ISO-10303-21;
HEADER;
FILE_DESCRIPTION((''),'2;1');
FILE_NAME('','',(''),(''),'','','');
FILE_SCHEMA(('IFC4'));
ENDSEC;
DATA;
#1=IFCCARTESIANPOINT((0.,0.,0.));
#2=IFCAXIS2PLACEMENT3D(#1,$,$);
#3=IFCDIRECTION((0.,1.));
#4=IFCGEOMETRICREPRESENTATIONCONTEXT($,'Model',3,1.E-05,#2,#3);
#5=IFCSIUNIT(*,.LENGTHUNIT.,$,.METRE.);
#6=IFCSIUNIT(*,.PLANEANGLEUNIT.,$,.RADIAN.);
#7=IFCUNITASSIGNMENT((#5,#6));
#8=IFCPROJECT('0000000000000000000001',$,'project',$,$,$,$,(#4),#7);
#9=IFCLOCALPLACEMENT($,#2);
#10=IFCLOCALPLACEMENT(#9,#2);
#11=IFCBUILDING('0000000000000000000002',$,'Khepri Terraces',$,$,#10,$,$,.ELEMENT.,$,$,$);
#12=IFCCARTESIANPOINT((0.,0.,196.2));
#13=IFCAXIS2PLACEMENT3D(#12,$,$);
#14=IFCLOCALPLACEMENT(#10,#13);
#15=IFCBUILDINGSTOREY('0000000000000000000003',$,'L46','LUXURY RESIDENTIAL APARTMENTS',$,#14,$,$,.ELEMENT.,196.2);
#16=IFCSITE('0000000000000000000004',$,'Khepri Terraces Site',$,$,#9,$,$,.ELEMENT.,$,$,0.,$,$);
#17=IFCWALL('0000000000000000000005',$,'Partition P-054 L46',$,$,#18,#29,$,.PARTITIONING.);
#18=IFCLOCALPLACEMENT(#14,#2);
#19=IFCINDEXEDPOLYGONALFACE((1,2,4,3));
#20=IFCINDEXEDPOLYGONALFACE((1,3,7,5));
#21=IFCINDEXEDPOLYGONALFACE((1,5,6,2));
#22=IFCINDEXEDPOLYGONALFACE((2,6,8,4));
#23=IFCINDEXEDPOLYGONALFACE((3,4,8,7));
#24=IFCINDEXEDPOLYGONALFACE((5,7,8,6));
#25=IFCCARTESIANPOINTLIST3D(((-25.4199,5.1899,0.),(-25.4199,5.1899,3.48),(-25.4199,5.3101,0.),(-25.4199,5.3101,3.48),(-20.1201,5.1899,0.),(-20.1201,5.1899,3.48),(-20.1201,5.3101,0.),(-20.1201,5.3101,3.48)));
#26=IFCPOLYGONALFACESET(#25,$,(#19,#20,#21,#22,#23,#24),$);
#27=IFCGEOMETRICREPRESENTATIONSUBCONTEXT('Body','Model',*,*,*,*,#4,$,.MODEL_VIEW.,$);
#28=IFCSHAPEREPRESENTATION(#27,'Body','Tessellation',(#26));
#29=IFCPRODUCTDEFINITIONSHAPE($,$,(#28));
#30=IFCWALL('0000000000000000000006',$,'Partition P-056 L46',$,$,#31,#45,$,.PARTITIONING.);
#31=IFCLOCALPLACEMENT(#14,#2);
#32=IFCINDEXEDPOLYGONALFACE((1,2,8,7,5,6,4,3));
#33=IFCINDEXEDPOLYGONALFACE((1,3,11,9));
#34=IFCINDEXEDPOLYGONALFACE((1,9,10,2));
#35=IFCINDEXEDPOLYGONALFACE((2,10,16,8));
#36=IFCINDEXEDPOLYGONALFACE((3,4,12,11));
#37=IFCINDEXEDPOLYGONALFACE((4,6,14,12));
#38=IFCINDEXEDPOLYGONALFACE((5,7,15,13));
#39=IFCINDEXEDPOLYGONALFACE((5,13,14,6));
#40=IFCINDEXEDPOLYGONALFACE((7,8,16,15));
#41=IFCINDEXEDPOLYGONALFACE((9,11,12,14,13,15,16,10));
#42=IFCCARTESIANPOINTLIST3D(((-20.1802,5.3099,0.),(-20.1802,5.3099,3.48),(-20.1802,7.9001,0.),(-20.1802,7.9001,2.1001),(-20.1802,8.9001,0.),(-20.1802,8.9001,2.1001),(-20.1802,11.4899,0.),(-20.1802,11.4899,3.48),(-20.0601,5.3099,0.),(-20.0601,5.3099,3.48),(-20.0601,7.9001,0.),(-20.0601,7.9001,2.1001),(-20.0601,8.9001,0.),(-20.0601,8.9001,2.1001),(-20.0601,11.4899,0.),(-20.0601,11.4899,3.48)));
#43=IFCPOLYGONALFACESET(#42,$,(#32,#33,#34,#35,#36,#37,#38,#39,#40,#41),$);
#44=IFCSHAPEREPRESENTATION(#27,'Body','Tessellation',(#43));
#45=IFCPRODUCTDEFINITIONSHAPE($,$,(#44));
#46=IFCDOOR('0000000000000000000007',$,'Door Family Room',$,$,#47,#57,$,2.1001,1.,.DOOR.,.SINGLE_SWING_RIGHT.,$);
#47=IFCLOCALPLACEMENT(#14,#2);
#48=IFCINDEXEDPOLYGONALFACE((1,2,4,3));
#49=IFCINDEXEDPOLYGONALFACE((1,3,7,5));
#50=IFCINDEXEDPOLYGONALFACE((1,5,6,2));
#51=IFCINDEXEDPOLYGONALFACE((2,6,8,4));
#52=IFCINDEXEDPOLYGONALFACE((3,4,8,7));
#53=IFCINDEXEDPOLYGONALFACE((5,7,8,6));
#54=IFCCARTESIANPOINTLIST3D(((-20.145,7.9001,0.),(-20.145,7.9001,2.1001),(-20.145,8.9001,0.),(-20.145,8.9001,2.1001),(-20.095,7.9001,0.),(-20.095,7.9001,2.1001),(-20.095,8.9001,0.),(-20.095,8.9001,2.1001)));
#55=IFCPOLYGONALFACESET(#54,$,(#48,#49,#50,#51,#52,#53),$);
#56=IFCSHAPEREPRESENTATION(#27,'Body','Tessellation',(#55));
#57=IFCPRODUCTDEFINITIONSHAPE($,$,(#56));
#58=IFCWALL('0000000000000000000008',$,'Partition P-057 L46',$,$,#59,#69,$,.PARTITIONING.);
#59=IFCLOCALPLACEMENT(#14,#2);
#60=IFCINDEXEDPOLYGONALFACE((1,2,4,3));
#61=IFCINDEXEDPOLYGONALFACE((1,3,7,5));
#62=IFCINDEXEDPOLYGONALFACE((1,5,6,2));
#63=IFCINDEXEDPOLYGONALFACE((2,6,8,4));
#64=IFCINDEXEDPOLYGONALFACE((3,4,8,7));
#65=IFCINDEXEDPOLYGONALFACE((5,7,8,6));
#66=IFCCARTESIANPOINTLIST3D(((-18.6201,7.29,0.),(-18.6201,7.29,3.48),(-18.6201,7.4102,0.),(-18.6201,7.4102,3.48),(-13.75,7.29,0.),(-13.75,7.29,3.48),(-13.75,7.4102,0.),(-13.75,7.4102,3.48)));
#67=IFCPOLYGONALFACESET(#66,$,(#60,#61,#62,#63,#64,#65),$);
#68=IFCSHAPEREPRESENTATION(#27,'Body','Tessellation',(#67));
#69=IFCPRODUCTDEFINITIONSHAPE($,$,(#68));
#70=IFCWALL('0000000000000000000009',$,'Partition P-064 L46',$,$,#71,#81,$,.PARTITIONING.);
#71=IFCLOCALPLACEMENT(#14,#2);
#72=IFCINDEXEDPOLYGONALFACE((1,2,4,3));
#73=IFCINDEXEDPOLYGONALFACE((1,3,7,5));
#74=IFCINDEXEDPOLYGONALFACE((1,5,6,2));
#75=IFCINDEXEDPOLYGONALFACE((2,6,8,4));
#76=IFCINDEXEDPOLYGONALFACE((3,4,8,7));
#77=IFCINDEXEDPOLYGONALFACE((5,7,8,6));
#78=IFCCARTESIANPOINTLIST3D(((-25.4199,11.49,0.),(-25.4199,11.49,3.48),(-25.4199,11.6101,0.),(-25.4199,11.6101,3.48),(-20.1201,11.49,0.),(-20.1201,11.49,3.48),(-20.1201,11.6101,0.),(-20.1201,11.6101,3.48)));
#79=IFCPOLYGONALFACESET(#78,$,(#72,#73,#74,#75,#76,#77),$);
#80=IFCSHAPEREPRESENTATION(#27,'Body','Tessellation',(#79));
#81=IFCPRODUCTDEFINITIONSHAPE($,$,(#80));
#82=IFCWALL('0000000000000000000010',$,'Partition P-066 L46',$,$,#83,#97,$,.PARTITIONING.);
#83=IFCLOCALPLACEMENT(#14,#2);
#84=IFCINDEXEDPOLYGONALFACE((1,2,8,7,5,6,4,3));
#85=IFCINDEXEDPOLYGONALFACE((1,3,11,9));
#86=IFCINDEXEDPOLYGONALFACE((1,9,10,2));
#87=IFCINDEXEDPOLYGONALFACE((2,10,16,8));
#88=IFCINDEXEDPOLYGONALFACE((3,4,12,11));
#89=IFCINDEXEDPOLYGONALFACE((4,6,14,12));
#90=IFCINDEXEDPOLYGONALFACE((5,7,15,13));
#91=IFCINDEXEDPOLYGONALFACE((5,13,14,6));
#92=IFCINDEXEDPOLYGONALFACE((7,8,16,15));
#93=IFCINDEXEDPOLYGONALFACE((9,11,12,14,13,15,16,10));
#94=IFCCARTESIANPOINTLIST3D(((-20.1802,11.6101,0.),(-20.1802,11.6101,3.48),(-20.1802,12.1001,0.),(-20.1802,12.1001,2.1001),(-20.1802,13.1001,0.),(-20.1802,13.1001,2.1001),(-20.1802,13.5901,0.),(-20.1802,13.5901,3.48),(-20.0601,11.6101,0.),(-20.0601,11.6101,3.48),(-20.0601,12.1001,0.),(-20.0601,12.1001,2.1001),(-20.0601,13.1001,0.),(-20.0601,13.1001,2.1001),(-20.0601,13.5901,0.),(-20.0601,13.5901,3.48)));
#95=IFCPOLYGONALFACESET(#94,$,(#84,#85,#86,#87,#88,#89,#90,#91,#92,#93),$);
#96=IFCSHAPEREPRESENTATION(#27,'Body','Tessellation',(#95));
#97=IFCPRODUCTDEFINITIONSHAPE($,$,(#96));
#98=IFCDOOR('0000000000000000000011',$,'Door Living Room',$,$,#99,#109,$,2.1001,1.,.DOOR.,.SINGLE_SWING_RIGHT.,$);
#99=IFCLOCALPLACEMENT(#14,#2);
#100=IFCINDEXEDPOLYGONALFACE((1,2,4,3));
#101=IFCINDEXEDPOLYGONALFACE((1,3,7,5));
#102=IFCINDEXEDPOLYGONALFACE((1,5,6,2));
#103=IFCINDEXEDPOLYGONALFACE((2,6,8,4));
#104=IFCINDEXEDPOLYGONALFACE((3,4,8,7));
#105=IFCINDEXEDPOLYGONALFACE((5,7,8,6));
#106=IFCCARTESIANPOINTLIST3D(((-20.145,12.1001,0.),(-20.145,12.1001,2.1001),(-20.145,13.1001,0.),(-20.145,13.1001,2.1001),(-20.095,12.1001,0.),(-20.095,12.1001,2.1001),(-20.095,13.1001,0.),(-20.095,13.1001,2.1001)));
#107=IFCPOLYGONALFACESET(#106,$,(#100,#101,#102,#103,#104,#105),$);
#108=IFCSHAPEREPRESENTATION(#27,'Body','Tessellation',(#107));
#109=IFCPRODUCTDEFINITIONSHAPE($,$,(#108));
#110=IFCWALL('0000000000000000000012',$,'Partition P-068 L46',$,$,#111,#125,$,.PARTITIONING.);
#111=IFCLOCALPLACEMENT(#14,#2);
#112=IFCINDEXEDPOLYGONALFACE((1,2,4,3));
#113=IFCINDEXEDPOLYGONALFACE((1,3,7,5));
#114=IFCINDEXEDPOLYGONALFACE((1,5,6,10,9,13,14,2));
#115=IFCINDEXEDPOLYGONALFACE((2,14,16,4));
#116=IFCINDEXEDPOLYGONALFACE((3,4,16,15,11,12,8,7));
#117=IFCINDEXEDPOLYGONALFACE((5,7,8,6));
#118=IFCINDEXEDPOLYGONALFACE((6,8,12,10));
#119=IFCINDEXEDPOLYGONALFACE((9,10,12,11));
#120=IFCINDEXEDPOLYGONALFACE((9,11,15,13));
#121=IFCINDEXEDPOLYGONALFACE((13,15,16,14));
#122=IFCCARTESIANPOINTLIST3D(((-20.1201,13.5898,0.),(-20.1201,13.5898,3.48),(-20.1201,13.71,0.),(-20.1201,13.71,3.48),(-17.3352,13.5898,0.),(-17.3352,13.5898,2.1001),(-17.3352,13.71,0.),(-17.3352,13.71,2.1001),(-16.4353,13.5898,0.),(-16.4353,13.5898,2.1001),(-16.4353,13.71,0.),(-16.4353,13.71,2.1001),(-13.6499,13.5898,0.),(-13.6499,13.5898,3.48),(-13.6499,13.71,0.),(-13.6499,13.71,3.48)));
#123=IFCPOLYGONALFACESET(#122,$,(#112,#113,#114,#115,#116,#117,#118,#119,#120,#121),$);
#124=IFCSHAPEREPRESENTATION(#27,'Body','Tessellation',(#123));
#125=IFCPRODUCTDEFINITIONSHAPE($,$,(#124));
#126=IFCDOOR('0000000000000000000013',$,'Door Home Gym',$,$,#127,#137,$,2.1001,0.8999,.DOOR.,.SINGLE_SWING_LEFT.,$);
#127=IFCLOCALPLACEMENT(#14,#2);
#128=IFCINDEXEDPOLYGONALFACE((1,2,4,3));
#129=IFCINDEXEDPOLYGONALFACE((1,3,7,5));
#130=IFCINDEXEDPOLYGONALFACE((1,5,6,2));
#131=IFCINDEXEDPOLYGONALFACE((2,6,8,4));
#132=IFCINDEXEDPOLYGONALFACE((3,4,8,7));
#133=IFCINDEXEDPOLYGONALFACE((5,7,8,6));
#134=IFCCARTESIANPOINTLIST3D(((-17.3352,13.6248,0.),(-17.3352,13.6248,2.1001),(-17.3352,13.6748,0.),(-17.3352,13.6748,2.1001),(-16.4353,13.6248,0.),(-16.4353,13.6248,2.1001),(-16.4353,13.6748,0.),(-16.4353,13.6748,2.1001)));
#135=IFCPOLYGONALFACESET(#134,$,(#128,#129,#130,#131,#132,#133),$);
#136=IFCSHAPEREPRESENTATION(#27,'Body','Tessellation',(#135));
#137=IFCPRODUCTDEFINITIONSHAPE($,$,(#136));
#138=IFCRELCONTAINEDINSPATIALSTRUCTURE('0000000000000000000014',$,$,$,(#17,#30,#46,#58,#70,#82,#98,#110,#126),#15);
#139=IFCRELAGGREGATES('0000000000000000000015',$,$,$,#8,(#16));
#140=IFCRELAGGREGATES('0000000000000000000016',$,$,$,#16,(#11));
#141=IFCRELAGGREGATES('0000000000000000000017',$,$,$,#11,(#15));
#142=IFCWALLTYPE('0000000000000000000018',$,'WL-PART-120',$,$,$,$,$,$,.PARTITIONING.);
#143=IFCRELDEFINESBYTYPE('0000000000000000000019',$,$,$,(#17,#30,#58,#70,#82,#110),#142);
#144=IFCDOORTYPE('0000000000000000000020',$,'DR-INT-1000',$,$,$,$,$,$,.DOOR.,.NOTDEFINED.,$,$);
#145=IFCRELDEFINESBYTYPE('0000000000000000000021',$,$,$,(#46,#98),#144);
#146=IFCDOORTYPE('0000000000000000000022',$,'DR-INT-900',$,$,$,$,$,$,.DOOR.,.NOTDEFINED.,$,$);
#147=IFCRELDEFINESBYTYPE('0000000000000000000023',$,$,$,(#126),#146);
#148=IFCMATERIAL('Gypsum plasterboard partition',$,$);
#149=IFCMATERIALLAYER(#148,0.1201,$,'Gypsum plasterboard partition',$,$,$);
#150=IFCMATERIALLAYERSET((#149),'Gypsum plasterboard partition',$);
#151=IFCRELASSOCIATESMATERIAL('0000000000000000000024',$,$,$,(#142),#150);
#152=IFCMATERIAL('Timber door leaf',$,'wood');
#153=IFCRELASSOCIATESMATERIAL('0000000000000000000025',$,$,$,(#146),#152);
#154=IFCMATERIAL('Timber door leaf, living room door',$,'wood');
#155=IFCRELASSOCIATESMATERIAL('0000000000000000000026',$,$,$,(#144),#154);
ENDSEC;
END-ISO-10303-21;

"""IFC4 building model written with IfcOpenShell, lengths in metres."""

from ifc_helpers import new_model, si_unit, direction, frame, frame_2d, origin, place, context, subcontext, project, spatial, rectangle, extrude, material, layer, layer_set, type_object, element, fill, save


model = new_model("IFC4")

# Units and contexts
model_context = context("Model", 3, precision=1e-05, world=origin(), true_north=direction((0.0, 1.0)))
body_context = subcontext(model_context, "Body", "Model", "MODEL_VIEW")
ifc_project = project(units=[si_unit("LENGTHUNIT", "METRE"), si_unit("PLANEANGLEUNIT", "RADIAN")], contexts=[model_context])

# Site, building, storey
site_placement = place(None, origin())
site = spatial("IfcSite", under=ifc_project, at=site_placement, Name="Khepri Terraces Site", CompositionType="ELEMENT", RefElevation=0.0)
building_placement = place(site_placement, origin())
building = spatial("IfcBuilding", under=site, at=building_placement, Name="Khepri Terraces", CompositionType="ELEMENT")
storey_placement = place(building_placement, frame((0.0, 0.0, 196.2)))
storey = spatial("IfcBuildingStorey", under=building, at=storey_placement, Name="L46", Description="LUXURY RESIDENTIAL APARTMENTS", CompositionType="ELEMENT", Elevation=196.2)

# Shared definitions
ifc_material_1 = material(Name="Gypsum plasterboard partition")
ifc_layer_1 = layer(ifc_material_1, 0.1201, Name="Gypsum plasterboard partition")
ifc_layer_set_1 = layer_set([ifc_layer_1], Name="Gypsum plasterboard partition")
wall_type_1 = type_object("IfcWallType", Name="WL-PART-120", PredefinedType="PARTITIONING", material=ifc_layer_set_1)

# Shared definitions
ifc_material_2 = material(Name="Timber door leaf", Category="wood")
door_type_1 = type_object("IfcDoorType", Name="DR-INT-900", OperationType="NOTDEFINED", PredefinedType="DOOR", material=ifc_material_2)

# Wall
wall_1_placement = place(storey_placement, frame((-25.4199, 5.25, 0.0), z_axis=(0.0, 0.0, 1.0), x_axis=(1.0, 0.0, 0.0)))
element("IfcWall", 1, at=wall_1_placement, inside=storey, type_object=wall_type_1, Name="Partition P-054 L46", PredefinedType="PARTITIONING", context=body_context, shape_type="SweptSolid", body=[
    extrude(rectangle(XDim=5.2998, YDim=0.1201, at=frame_2d((2.6499, 0.0))), origin(), (0.0, 0.0, 1.0), 3.48),
])

# Wall, opening, door
wall_2_placement = place(storey_placement, frame((-20.1201, 5.3101, 0.0), z_axis=(0.0, 0.0, 1.0), x_axis=(0.0, 1.0, 0.0)))
wall_2 = element("IfcWall", 2, at=wall_2_placement, inside=storey, type_object=wall_type_1, Name="Partition P-056 L46", PredefinedType="PARTITIONING", context=body_context, shape_type="SweptSolid", body=[
    extrude(rectangle(XDim=6.1799, YDim=0.1201, at=frame_2d((3.0898, 0.0))), origin(), (0.0, 0.0, 1.0), 3.48),
])
opening_1_placement = place(wall_2_placement, frame((2.5901, 0.0, 0.0)))
opening_1 = element("IfcOpeningElement", 3, at=opening_1_placement, cuts=wall_2, PredefinedType="OPENING", context=body_context, shape_type="SweptSolid", body=[
    extrude(rectangle(XDim=1.0, YDim=2.1001, at=frame_2d((0.5, 1.05))), frame((0.0, 0.0701, 0.0), z_axis=(0.0, -1.0, 0.0), x_axis=(1.0, 0.0, 0.0)), (0.0, 0.0, 1.0), 0.1401),
])
ifc_material_3 = material(Name="Timber door leaf, living room door", Category="wood")
door_type_2 = type_object("IfcDoorType", Name="DR-INT-1000", OperationType="NOTDEFINED", PredefinedType="DOOR", material=ifc_material_3)
door_1_placement = place(opening_1_placement, origin())
door_1 = element("IfcDoor", 4, at=door_1_placement, inside=storey, type_object=door_type_2, Name="Door Family Room", OperationType="SINGLE_SWING_RIGHT", OverallHeight=2.1001, OverallWidth=1.0, PredefinedType="DOOR", context=body_context, shape_type="SweptSolid", body=[
    extrude(rectangle(XDim=1.0, YDim=2.1001, at=frame_2d((0.5, 1.05))), frame((0.0, 0.0249, 0.0), z_axis=(0.0, -1.0, 0.0), x_axis=(1.0, 0.0, 0.0)), (0.0, 0.0, 1.0), 0.05),
])
fill(opening_1, door_1)

# Walls
wall_3_placement = place(storey_placement, frame((-18.6201, 7.3501, 0.0), z_axis=(0.0, 0.0, 1.0), x_axis=(1.0, 0.0, 0.0)))
element("IfcWall", 5, at=wall_3_placement, inside=storey, type_object=wall_type_1, Name="Partition P-057 L46", PredefinedType="PARTITIONING", context=body_context, shape_type="SweptSolid", body=[
    extrude(rectangle(XDim=4.8701, YDim=0.1201, at=frame_2d((2.4351, 0.0))), origin(), (0.0, 0.0, 1.0), 3.48),
])
wall_4_placement = place(storey_placement, frame((-25.4199, 11.55, 0.0), z_axis=(0.0, 0.0, 1.0), x_axis=(1.0, 0.0, 0.0)))
element("IfcWall", 6, at=wall_4_placement, inside=storey, type_object=wall_type_1, Name="Partition P-064 L46", PredefinedType="PARTITIONING", context=body_context, shape_type="SweptSolid", body=[
    extrude(rectangle(XDim=5.2998, YDim=0.1201, at=frame_2d((2.6499, 0.0))), origin(), (0.0, 0.0, 1.0), 3.48),
])

# Walls, openings, doors
wall_5_placement = place(storey_placement, frame((-20.1201, 11.6101, 0.0), z_axis=(0.0, 0.0, 1.0), x_axis=(0.0, 1.0, 0.0)))
wall_5 = element("IfcWall", 7, at=wall_5_placement, inside=storey, type_object=wall_type_1, Name="Partition P-066 L46", PredefinedType="PARTITIONING", context=body_context, shape_type="SweptSolid", body=[
    extrude(rectangle(XDim=1.98, YDim=0.1201, at=frame_2d((0.99, 0.0))), origin(), (0.0, 0.0, 1.0), 3.48),
])
opening_2_placement = place(wall_5_placement, frame((0.49, 0.0, 0.0)))
opening_2 = element("IfcOpeningElement", 8, at=opening_2_placement, cuts=wall_5, PredefinedType="OPENING", context=body_context, shape_type="SweptSolid", body=[
    extrude(rectangle(XDim=1.0, YDim=2.1001, at=frame_2d((0.5, 1.05))), frame((0.0, 0.0701, 0.0), z_axis=(0.0, -1.0, 0.0), x_axis=(1.0, 0.0, 0.0)), (0.0, 0.0, 1.0), 0.1401),
])
door_2_placement = place(opening_2_placement, origin())
door_2 = element("IfcDoor", 9, at=door_2_placement, inside=storey, type_object=door_type_2, Name="Door Living Room", OperationType="SINGLE_SWING_RIGHT", OverallHeight=2.1001, OverallWidth=1.0, PredefinedType="DOOR", context=body_context, shape_type="SweptSolid", body=[
    extrude(rectangle(XDim=1.0, YDim=2.1001, at=frame_2d((0.5, 1.05))), frame((0.0, 0.0249, 0.0), z_axis=(0.0, -1.0, 0.0), x_axis=(1.0, 0.0, 0.0)), (0.0, 0.0, 1.0), 0.05),
])
fill(opening_2, door_2)
wall_6_placement = place(storey_placement, frame((-20.1201, 13.6499, 0.0), z_axis=(0.0, 0.0, 1.0), x_axis=(1.0, 0.0, 0.0)))
wall_6 = element("IfcWall", 10, at=wall_6_placement, inside=storey, type_object=wall_type_1, Name="Partition P-068 L46", PredefinedType="PARTITIONING", context=body_context, shape_type="SweptSolid", body=[
    extrude(rectangle(XDim=6.4702, YDim=0.1201, at=frame_2d((3.2351, 0.0))), origin(), (0.0, 0.0, 1.0), 3.48),
])
opening_3_placement = place(wall_6_placement, frame((2.7849, 0.0, 0.0)))
opening_3 = element("IfcOpeningElement", 11, at=opening_3_placement, cuts=wall_6, PredefinedType="OPENING", context=body_context, shape_type="SweptSolid", body=[
    extrude(rectangle(XDim=0.8999, YDim=2.1001, at=frame_2d((0.45, 1.05))), frame((0.0, 0.0701, 0.0), z_axis=(0.0, -1.0, 0.0), x_axis=(1.0, 0.0, 0.0)), (0.0, 0.0, 1.0), 0.1401),
])
door_3_placement = place(opening_3_placement, origin())
door_3 = element("IfcDoor", 12, at=door_3_placement, inside=storey, type_object=door_type_1, Name="Door Home Gym", OperationType="SINGLE_SWING_LEFT", OverallHeight=2.1001, OverallWidth=0.8999, PredefinedType="DOOR", context=body_context, shape_type="SweptSolid", body=[
    extrude(rectangle(XDim=0.8999, YDim=2.1001, at=frame_2d((0.45, 1.05))), frame((0.0, 0.0249, 0.0), z_axis=(0.0, -1.0, 0.0), x_axis=(1.0, 0.0, 0.0)), (0.0, 0.0, 1.0), 0.05),
])
fill(opening_3, door_3)

save(model, "model.ifc")
